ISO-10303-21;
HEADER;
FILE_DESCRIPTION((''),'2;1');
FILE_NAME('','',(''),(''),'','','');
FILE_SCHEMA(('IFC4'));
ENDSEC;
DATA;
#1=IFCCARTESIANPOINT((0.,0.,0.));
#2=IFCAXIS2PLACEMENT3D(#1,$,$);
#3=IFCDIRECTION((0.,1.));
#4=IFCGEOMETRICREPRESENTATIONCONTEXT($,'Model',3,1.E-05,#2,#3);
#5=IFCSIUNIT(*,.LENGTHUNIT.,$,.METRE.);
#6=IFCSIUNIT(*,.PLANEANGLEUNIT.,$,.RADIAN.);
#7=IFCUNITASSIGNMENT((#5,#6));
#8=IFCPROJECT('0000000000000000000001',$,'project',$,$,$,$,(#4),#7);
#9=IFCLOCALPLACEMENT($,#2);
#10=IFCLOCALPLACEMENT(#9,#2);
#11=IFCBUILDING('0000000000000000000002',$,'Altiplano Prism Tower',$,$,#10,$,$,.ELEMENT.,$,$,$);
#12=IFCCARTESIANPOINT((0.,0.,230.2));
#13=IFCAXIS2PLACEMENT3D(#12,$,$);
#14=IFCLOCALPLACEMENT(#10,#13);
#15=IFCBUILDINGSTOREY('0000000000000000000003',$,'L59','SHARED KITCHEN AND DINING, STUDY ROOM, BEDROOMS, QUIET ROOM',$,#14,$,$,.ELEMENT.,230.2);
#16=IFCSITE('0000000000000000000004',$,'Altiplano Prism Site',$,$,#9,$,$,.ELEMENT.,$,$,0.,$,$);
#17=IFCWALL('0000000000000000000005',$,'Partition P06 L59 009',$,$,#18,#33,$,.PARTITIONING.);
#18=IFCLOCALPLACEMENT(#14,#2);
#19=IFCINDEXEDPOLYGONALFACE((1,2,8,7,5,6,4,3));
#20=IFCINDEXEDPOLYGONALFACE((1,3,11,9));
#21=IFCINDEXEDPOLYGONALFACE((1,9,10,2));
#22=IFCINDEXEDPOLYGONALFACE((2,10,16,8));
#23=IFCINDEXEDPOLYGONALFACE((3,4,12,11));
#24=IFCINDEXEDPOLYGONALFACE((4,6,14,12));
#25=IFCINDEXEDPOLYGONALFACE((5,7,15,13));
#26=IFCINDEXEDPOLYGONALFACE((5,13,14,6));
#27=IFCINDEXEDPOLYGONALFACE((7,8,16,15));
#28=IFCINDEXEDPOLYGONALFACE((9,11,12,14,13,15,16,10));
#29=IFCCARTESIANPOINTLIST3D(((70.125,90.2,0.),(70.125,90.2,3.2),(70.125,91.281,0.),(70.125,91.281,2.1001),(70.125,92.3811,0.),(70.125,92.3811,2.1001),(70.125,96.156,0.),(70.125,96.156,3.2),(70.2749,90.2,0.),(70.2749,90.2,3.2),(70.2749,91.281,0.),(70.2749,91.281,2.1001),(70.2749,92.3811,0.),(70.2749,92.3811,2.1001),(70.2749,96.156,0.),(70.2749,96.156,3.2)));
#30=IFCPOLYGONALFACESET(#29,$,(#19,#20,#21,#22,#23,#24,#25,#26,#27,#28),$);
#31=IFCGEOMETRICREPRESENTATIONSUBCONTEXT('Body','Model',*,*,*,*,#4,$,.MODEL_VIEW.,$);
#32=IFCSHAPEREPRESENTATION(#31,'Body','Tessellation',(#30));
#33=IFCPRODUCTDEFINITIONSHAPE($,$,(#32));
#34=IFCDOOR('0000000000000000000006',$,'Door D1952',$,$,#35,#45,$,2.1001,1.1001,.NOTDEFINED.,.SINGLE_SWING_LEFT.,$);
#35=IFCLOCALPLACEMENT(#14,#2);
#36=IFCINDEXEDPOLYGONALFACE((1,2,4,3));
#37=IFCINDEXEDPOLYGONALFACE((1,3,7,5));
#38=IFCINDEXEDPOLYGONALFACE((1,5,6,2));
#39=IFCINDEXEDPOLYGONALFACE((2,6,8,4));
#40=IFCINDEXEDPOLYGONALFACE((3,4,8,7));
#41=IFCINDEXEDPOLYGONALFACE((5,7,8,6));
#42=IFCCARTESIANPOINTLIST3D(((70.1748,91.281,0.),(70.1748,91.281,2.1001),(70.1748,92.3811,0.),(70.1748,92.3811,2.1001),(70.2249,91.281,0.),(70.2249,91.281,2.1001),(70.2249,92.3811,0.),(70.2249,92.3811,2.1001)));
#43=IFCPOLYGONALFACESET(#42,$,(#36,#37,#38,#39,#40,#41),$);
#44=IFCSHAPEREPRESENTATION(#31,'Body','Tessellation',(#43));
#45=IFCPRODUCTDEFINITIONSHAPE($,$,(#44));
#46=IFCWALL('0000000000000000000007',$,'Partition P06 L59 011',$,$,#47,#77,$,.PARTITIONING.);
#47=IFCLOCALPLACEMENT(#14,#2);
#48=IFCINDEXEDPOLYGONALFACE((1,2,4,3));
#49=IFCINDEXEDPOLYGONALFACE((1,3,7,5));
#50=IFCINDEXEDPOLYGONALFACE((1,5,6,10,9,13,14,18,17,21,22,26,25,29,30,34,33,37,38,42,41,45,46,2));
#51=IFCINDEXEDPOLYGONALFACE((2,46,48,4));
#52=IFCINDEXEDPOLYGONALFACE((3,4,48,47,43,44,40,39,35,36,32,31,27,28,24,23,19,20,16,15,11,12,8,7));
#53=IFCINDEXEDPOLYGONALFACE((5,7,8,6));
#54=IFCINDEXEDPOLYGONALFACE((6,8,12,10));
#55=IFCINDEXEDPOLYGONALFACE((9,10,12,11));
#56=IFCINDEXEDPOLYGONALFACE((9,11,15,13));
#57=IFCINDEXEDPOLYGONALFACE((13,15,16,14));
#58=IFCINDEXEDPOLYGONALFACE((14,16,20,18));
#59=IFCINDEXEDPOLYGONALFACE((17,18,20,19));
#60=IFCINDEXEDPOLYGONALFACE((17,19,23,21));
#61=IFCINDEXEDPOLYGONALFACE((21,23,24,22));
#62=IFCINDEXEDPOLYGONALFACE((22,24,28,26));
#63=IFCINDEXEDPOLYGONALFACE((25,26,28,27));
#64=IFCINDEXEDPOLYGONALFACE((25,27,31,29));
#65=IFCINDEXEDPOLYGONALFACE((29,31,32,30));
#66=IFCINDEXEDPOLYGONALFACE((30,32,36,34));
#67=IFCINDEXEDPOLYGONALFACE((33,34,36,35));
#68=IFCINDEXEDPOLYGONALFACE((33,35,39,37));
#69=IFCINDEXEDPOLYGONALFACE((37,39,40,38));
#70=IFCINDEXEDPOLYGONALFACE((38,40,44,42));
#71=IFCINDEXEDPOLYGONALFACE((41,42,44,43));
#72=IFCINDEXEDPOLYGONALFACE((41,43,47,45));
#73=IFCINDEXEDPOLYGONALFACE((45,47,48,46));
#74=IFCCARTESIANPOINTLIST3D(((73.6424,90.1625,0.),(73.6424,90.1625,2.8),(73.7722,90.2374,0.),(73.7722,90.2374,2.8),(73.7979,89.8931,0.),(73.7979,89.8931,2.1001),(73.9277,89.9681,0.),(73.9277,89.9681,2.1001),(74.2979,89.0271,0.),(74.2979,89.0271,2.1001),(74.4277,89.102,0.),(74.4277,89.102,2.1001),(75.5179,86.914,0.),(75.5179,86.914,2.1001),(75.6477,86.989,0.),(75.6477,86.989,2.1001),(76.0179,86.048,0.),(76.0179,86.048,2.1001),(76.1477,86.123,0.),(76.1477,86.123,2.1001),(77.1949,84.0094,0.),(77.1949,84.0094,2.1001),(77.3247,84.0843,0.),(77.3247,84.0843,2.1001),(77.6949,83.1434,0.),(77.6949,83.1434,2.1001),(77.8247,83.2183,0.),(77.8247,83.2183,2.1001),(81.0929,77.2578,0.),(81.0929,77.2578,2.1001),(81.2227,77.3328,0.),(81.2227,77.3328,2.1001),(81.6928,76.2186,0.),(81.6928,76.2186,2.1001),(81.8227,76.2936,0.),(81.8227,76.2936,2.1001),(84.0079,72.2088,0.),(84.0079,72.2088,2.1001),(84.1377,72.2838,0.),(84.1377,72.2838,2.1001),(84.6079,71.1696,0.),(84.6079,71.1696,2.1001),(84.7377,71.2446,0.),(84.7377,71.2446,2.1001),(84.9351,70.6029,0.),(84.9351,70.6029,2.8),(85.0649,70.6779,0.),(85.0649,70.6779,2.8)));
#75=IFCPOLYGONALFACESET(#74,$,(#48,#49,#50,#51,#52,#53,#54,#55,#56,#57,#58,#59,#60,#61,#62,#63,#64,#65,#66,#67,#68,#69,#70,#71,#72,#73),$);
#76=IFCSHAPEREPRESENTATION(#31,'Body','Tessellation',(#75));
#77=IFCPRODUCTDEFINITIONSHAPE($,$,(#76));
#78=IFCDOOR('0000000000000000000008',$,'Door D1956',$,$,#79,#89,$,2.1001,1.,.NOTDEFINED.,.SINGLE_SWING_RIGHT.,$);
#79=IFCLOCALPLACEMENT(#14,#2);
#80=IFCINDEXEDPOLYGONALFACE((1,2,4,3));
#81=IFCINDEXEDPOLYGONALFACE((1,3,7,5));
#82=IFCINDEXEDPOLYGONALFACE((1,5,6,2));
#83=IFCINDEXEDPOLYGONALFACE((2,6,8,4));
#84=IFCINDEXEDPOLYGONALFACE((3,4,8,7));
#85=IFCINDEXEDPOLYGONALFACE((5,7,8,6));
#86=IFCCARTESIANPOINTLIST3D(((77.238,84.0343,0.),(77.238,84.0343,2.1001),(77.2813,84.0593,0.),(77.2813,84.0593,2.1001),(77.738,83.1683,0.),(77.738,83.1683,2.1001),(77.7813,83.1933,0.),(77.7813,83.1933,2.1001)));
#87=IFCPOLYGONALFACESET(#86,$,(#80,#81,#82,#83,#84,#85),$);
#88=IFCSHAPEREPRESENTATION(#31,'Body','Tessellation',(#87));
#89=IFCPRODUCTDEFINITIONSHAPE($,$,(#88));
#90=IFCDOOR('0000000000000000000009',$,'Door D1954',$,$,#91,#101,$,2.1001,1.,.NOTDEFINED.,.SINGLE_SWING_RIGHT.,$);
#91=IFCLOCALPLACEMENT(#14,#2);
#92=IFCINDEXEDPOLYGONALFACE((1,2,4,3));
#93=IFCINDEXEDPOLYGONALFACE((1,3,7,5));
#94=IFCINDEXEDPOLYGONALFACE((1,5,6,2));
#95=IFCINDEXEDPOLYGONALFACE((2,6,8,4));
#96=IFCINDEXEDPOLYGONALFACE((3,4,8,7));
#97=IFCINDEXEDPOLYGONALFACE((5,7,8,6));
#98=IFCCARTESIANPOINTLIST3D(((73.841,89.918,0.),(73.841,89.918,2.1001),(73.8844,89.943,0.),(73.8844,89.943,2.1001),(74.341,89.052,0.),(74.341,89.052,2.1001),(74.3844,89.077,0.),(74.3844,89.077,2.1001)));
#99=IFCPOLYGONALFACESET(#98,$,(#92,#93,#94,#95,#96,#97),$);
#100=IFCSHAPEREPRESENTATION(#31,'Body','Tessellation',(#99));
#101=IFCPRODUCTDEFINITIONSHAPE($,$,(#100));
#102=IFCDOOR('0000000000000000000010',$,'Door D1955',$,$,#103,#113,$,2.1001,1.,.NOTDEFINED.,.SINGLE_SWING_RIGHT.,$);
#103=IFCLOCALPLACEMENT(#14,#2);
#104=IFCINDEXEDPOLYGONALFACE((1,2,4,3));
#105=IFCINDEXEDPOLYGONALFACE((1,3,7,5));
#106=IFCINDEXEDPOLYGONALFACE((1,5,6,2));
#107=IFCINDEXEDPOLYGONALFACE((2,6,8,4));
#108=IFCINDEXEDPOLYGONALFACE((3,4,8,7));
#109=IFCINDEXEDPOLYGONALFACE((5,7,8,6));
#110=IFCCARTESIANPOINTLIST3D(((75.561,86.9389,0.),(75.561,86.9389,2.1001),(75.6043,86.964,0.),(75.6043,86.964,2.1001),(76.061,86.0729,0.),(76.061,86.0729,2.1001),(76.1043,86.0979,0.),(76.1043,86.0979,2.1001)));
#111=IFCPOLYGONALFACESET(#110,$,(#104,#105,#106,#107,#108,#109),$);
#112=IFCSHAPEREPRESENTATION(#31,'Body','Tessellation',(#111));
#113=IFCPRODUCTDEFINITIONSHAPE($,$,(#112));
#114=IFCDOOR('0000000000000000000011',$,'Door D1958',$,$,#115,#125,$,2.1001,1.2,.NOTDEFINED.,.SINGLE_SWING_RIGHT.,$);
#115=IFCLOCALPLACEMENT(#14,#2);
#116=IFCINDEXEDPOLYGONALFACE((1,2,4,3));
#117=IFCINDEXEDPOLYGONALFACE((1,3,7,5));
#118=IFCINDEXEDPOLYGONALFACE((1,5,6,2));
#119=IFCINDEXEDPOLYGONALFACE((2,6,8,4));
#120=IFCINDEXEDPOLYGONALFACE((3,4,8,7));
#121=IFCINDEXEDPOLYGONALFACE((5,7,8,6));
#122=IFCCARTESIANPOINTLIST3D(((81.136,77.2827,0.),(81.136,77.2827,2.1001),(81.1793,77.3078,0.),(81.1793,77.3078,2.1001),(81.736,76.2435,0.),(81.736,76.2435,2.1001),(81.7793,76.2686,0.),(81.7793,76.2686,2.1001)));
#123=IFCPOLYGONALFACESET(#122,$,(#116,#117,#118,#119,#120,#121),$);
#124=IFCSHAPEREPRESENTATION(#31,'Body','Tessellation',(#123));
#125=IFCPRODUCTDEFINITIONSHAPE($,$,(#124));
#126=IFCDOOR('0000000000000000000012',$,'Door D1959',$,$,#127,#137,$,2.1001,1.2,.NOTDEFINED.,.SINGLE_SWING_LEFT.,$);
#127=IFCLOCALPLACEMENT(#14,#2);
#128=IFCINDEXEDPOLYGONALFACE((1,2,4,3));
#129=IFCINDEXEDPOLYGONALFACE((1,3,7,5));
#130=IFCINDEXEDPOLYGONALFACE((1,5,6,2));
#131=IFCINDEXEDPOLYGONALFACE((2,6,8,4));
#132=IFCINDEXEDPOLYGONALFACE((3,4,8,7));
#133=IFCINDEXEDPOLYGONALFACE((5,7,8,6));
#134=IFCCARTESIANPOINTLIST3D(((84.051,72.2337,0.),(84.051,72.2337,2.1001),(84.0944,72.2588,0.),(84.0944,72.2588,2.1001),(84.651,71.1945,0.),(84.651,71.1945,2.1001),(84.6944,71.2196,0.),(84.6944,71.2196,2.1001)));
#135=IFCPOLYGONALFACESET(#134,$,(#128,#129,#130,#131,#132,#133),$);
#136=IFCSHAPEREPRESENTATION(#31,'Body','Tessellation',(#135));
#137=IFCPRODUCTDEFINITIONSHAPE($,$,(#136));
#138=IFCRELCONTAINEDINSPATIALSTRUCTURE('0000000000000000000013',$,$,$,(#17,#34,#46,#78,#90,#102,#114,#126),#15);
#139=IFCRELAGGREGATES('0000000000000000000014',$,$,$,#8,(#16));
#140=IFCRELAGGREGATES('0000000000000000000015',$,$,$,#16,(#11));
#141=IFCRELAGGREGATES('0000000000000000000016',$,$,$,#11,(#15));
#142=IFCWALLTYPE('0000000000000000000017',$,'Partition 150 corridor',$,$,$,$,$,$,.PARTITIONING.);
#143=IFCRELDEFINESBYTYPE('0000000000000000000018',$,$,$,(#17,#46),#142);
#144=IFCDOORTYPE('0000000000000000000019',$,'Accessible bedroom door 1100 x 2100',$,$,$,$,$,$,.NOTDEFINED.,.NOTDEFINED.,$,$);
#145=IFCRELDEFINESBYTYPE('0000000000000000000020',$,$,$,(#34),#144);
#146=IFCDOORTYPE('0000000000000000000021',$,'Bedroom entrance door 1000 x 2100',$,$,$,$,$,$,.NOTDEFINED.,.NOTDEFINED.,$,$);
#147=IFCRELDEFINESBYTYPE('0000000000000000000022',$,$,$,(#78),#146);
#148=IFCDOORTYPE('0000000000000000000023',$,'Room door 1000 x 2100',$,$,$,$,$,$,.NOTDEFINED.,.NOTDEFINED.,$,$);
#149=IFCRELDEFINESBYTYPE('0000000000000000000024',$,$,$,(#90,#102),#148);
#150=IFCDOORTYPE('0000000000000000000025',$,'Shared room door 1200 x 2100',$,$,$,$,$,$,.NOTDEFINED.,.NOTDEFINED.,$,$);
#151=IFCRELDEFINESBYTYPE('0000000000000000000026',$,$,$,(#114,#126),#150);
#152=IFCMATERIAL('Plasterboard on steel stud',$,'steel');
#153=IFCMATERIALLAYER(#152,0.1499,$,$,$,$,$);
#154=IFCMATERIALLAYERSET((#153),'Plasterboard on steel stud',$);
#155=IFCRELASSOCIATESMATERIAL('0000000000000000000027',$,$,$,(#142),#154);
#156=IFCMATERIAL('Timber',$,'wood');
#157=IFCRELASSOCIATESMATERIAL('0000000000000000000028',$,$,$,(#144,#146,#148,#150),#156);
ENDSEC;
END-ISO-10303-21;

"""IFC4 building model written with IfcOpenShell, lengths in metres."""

from ifc_helpers import new_model, si_unit, direction, frame, frame_2d, origin, place, context, subcontext, project, spatial, rectangle, extrude, material, layer, layer_set, type_object, element, fill, save


model = new_model("IFC4")

# Units and contexts
model_context = context("Model", 3, precision=1e-05, world=origin(), true_north=direction((0.0, 1.0)))
body_context = subcontext(model_context, "Body", "Model", "MODEL_VIEW")
ifc_project = project(units=[si_unit("LENGTHUNIT", "METRE"), si_unit("PLANEANGLEUNIT", "RADIAN")], contexts=[model_context])

# Site, building, storey
site_placement = place(None, origin())
site = spatial("IfcSite", under=ifc_project, at=site_placement, Name="Altiplano Prism Site", CompositionType="ELEMENT", RefElevation=0.0)
building_placement = place(site_placement, origin())
building = spatial("IfcBuilding", under=site, at=building_placement, Name="Altiplano Prism Tower", CompositionType="ELEMENT")
storey_placement = place(building_placement, frame((0.0, 0.0, 230.2)))
storey = spatial("IfcBuildingStorey", under=building, at=storey_placement, Name="L59", Description="SHARED KITCHEN AND DINING, STUDY ROOM, BEDROOMS, QUIET ROOM", CompositionType="ELEMENT", Elevation=230.2)

# Shared definitions
ifc_material_1 = material(Name="Plasterboard on steel stud", Category="steel")
ifc_layer_1 = layer(ifc_material_1, 0.1499)
ifc_layer_set_1 = layer_set([ifc_layer_1], Name="Plasterboard on steel stud")
wall_type_1 = type_object("IfcWallType", Name="Partition 150 corridor", PredefinedType="PARTITIONING", material=ifc_layer_set_1)

# Wall, opening, door
wall_1_placement = place(storey_placement, frame((70.2, 96.156, 0.0), z_axis=(0.0, 0.0, 1.0), x_axis=(0.0, -1.0, 0.0)))
wall_1 = element("IfcWall", 1, at=wall_1_placement, inside=storey, type_object=wall_type_1, Name="Partition P06 L59 009", PredefinedType="PARTITIONING", context=body_context, shape_type="SweptSolid", body=[
    extrude(rectangle(XDim=5.9561, YDim=0.1499, at=frame_2d((2.978, 0.0))), origin(), (0.0, 0.0, 1.0), 3.2),
])
opening_1_placement = place(wall_1_placement, frame((3.7749, 0.0, 0.0)))
opening_1 = element("IfcOpeningElement", 2, at=opening_1_placement, cuts=wall_1, PredefinedType="OPENING", context=body_context, shape_type="SweptSolid", body=[
    extrude(rectangle(XDim=1.1001, YDim=2.1001, at=frame_2d((0.55, 1.05))), frame((0.0, 0.0854, 0.0), z_axis=(0.0, -1.0, 0.0), x_axis=(1.0, 0.0, 0.0)), (0.0, 0.0, 1.0), 0.1709),
])
ifc_material_2 = material(Name="Timber", Category="wood")
door_type_1 = type_object("IfcDoorType", Name="Accessible bedroom door 1100 x 2100", OperationType="NOTDEFINED", PredefinedType="NOTDEFINED", material=ifc_material_2)
door_1_placement = place(opening_1_placement, origin())
door_1 = element("IfcDoor", 3, at=door_1_placement, inside=storey, type_object=door_type_1, Name="Door D1952", OperationType="SINGLE_SWING_LEFT", OverallHeight=2.1001, OverallWidth=1.1001, PredefinedType="NOTDEFINED", context=body_context, shape_type="SweptSolid", body=[
    extrude(rectangle(XDim=1.1001, YDim=2.1001, at=frame_2d((0.55, 1.05))), frame((0.0, 0.0249, 0.0), z_axis=(0.0, -1.0, 0.0), x_axis=(1.0, 0.0, 0.0)), (0.0, 0.0, 1.0), 0.05),
])
fill(opening_1, door_1)

# Wall, openings, doors
wall_2_placement = place(storey_placement, frame((73.7073, 90.2, 0.0), z_axis=(0.0, 0.0, 1.0), x_axis=(0.5, -0.866025, 0.0)))
wall_2 = element("IfcWall", 4, at=wall_2_placement, inside=storey, type_object=wall_type_1, Name="Partition P06 L59 011", PredefinedType="PARTITIONING", context=body_context, shape_type="SweptSolid", body=[
    extrude(rectangle(XDim=22.5854, YDim=0.1499, at=frame_2d((11.2927, 0.0))), origin(), (0.0, 0.0, 1.0), 2.8),
])
opening_2_placement = place(wall_2_placement, frame((0.311, 0.0, 0.0)))
opening_2 = element("IfcOpeningElement", 5, at=opening_2_placement, cuts=wall_2, PredefinedType="OPENING", context=body_context, shape_type="SweptSolid", body=[
    extrude(rectangle(XDim=1.0, YDim=2.1001, at=frame_2d((0.5, 1.05))), frame((0.0, 0.0854, 0.0), z_axis=(0.0, -1.0, 0.0), x_axis=(1.0, 0.0, 0.0)), (0.0, 0.0, 1.0), 0.1709),
])
opening_3_placement = place(wall_2_placement, frame((3.751, 0.0, 0.0)))
opening_3 = element("IfcOpeningElement", 6, at=opening_3_placement, cuts=wall_2, PredefinedType="OPENING", context=body_context, shape_type="SweptSolid", body=[
    extrude(rectangle(XDim=1.0, YDim=2.1001, at=frame_2d((0.5, 1.05))), frame((0.0, 0.0854, 0.0), z_axis=(0.0, -1.0, 0.0), x_axis=(1.0, 0.0, 0.0)), (0.0, 0.0, 1.0), 0.1709),
])
opening_4_placement = place(wall_2_placement, frame((7.105, 0.0, 0.0)))
opening_4 = element("IfcOpeningElement", 7, at=opening_4_placement, cuts=wall_2, PredefinedType="OPENING", context=body_context, shape_type="SweptSolid", body=[
    extrude(rectangle(XDim=1.0, YDim=2.1001, at=frame_2d((0.5, 1.05))), frame((0.0, 0.0854, 0.0), z_axis=(0.0, -1.0, 0.0), x_axis=(1.0, 0.0, 0.0)), (0.0, 0.0, 1.0), 0.1709),
])
opening_5_placement = place(wall_2_placement, frame((14.9009, 0.0, 0.0)))
opening_5 = element("IfcOpeningElement", 8, at=opening_5_placement, cuts=wall_2, PredefinedType="OPENING", context=body_context, shape_type="SweptSolid", body=[
    extrude(rectangle(XDim=1.2, YDim=2.1001, at=frame_2d((0.6001, 1.05))), frame((0.0, 0.0854, 0.0), z_axis=(0.0, -1.0, 0.0), x_axis=(1.0, 0.0, 0.0)), (0.0, 0.0, 1.0), 0.1709),
])
opening_6_placement = place(wall_2_placement, frame((20.731, 0.0, 0.0)))
opening_6 = element("IfcOpeningElement", 9, at=opening_6_placement, cuts=wall_2, PredefinedType="OPENING", context=body_context, shape_type="SweptSolid", body=[
    extrude(rectangle(XDim=1.2, YDim=2.1001, at=frame_2d((0.6001, 1.05))), frame((0.0, 0.0854, 0.0), z_axis=(0.0, -1.0, 0.0), x_axis=(1.0, 0.0, 0.0)), (0.0, 0.0, 1.0), 0.1709),
])
door_type_2 = type_object("IfcDoorType", Name="Bedroom entrance door 1000 x 2100", OperationType="NOTDEFINED", PredefinedType="NOTDEFINED", material=ifc_material_2)
door_2_placement = place(opening_4_placement, origin())
door_2 = element("IfcDoor", 10, at=door_2_placement, inside=storey, type_object=door_type_2, Name="Door D1956", OperationType="SINGLE_SWING_RIGHT", OverallHeight=2.1001, OverallWidth=1.0, PredefinedType="NOTDEFINED", context=body_context, shape_type="SweptSolid", body=[
    extrude(rectangle(XDim=1.0, YDim=2.1001, at=frame_2d((0.5, 1.05))), frame((0.0, 0.0249, 0.0), z_axis=(0.0, -1.0, 0.0), x_axis=(1.0, 0.0, 0.0)), (0.0, 0.0, 1.0), 0.05),
])
fill(opening_4, door_2)
door_type_3 = type_object("IfcDoorType", Name="Room door 1000 x 2100", OperationType="NOTDEFINED", PredefinedType="NOTDEFINED", material=ifc_material_2)
door_3_placement = place(opening_2_placement, origin())
door_3 = element("IfcDoor", 11, at=door_3_placement, inside=storey, type_object=door_type_3, Name="Door D1954", OperationType="SINGLE_SWING_RIGHT", OverallHeight=2.1001, OverallWidth=1.0, PredefinedType="NOTDEFINED", context=body_context, shape_type="SweptSolid", body=[
    extrude(rectangle(XDim=1.0, YDim=2.1001, at=frame_2d((0.5, 1.05))), frame((0.0, 0.0249, 0.0), z_axis=(0.0, -1.0, 0.0), x_axis=(1.0, 0.0, 0.0)), (0.0, 0.0, 1.0), 0.05),
])
fill(opening_2, door_3)
door_4_placement = place(opening_3_placement, origin())
door_4 = element("IfcDoor", 12, at=door_4_placement, inside=storey, type_object=door_type_3, Name="Door D1955", OperationType="SINGLE_SWING_RIGHT", OverallHeight=2.1001, OverallWidth=1.0, PredefinedType="NOTDEFINED", context=body_context, shape_type="SweptSolid", body=[
    extrude(rectangle(XDim=1.0, YDim=2.1001, at=frame_2d((0.5, 1.05))), frame((0.0, 0.0249, 0.0), z_axis=(0.0, -1.0, 0.0), x_axis=(1.0, 0.0, 0.0)), (0.0, 0.0, 1.0), 0.05),
])
fill(opening_3, door_4)
door_type_4 = type_object("IfcDoorType", Name="Shared room door 1200 x 2100", OperationType="NOTDEFINED", PredefinedType="NOTDEFINED", material=ifc_material_2)
door_5_placement = place(opening_5_placement, origin())
door_5 = element("IfcDoor", 13, at=door_5_placement, inside=storey, type_object=door_type_4, Name="Door D1958", OperationType="SINGLE_SWING_RIGHT", OverallHeight=2.1001, OverallWidth=1.2, PredefinedType="NOTDEFINED", context=body_context, shape_type="SweptSolid", body=[
    extrude(rectangle(XDim=1.2, YDim=2.1001, at=frame_2d((0.6001, 1.05))), frame((0.0, 0.0249, 0.0), z_axis=(0.0, -1.0, 0.0), x_axis=(1.0, 0.0, 0.0)), (0.0, 0.0, 1.0), 0.05),
])
fill(opening_5, door_5)
door_6_placement = place(opening_6_placement, origin())
door_6 = element("IfcDoor", 14, at=door_6_placement, inside=storey, type_object=door_type_4, Name="Door D1959", OperationType="SINGLE_SWING_LEFT", OverallHeight=2.1001, OverallWidth=1.2, PredefinedType="NOTDEFINED", context=body_context, shape_type="SweptSolid", body=[
    extrude(rectangle(XDim=1.2, YDim=2.1001, at=frame_2d((0.6001, 1.05))), frame((0.0, 0.0249, 0.0), z_axis=(0.0, -1.0, 0.0), x_axis=(1.0, 0.0, 0.0)), (0.0, 0.0, 1.0), 0.05),
])
fill(opening_6, door_6)

save(model, "model.ifc")
